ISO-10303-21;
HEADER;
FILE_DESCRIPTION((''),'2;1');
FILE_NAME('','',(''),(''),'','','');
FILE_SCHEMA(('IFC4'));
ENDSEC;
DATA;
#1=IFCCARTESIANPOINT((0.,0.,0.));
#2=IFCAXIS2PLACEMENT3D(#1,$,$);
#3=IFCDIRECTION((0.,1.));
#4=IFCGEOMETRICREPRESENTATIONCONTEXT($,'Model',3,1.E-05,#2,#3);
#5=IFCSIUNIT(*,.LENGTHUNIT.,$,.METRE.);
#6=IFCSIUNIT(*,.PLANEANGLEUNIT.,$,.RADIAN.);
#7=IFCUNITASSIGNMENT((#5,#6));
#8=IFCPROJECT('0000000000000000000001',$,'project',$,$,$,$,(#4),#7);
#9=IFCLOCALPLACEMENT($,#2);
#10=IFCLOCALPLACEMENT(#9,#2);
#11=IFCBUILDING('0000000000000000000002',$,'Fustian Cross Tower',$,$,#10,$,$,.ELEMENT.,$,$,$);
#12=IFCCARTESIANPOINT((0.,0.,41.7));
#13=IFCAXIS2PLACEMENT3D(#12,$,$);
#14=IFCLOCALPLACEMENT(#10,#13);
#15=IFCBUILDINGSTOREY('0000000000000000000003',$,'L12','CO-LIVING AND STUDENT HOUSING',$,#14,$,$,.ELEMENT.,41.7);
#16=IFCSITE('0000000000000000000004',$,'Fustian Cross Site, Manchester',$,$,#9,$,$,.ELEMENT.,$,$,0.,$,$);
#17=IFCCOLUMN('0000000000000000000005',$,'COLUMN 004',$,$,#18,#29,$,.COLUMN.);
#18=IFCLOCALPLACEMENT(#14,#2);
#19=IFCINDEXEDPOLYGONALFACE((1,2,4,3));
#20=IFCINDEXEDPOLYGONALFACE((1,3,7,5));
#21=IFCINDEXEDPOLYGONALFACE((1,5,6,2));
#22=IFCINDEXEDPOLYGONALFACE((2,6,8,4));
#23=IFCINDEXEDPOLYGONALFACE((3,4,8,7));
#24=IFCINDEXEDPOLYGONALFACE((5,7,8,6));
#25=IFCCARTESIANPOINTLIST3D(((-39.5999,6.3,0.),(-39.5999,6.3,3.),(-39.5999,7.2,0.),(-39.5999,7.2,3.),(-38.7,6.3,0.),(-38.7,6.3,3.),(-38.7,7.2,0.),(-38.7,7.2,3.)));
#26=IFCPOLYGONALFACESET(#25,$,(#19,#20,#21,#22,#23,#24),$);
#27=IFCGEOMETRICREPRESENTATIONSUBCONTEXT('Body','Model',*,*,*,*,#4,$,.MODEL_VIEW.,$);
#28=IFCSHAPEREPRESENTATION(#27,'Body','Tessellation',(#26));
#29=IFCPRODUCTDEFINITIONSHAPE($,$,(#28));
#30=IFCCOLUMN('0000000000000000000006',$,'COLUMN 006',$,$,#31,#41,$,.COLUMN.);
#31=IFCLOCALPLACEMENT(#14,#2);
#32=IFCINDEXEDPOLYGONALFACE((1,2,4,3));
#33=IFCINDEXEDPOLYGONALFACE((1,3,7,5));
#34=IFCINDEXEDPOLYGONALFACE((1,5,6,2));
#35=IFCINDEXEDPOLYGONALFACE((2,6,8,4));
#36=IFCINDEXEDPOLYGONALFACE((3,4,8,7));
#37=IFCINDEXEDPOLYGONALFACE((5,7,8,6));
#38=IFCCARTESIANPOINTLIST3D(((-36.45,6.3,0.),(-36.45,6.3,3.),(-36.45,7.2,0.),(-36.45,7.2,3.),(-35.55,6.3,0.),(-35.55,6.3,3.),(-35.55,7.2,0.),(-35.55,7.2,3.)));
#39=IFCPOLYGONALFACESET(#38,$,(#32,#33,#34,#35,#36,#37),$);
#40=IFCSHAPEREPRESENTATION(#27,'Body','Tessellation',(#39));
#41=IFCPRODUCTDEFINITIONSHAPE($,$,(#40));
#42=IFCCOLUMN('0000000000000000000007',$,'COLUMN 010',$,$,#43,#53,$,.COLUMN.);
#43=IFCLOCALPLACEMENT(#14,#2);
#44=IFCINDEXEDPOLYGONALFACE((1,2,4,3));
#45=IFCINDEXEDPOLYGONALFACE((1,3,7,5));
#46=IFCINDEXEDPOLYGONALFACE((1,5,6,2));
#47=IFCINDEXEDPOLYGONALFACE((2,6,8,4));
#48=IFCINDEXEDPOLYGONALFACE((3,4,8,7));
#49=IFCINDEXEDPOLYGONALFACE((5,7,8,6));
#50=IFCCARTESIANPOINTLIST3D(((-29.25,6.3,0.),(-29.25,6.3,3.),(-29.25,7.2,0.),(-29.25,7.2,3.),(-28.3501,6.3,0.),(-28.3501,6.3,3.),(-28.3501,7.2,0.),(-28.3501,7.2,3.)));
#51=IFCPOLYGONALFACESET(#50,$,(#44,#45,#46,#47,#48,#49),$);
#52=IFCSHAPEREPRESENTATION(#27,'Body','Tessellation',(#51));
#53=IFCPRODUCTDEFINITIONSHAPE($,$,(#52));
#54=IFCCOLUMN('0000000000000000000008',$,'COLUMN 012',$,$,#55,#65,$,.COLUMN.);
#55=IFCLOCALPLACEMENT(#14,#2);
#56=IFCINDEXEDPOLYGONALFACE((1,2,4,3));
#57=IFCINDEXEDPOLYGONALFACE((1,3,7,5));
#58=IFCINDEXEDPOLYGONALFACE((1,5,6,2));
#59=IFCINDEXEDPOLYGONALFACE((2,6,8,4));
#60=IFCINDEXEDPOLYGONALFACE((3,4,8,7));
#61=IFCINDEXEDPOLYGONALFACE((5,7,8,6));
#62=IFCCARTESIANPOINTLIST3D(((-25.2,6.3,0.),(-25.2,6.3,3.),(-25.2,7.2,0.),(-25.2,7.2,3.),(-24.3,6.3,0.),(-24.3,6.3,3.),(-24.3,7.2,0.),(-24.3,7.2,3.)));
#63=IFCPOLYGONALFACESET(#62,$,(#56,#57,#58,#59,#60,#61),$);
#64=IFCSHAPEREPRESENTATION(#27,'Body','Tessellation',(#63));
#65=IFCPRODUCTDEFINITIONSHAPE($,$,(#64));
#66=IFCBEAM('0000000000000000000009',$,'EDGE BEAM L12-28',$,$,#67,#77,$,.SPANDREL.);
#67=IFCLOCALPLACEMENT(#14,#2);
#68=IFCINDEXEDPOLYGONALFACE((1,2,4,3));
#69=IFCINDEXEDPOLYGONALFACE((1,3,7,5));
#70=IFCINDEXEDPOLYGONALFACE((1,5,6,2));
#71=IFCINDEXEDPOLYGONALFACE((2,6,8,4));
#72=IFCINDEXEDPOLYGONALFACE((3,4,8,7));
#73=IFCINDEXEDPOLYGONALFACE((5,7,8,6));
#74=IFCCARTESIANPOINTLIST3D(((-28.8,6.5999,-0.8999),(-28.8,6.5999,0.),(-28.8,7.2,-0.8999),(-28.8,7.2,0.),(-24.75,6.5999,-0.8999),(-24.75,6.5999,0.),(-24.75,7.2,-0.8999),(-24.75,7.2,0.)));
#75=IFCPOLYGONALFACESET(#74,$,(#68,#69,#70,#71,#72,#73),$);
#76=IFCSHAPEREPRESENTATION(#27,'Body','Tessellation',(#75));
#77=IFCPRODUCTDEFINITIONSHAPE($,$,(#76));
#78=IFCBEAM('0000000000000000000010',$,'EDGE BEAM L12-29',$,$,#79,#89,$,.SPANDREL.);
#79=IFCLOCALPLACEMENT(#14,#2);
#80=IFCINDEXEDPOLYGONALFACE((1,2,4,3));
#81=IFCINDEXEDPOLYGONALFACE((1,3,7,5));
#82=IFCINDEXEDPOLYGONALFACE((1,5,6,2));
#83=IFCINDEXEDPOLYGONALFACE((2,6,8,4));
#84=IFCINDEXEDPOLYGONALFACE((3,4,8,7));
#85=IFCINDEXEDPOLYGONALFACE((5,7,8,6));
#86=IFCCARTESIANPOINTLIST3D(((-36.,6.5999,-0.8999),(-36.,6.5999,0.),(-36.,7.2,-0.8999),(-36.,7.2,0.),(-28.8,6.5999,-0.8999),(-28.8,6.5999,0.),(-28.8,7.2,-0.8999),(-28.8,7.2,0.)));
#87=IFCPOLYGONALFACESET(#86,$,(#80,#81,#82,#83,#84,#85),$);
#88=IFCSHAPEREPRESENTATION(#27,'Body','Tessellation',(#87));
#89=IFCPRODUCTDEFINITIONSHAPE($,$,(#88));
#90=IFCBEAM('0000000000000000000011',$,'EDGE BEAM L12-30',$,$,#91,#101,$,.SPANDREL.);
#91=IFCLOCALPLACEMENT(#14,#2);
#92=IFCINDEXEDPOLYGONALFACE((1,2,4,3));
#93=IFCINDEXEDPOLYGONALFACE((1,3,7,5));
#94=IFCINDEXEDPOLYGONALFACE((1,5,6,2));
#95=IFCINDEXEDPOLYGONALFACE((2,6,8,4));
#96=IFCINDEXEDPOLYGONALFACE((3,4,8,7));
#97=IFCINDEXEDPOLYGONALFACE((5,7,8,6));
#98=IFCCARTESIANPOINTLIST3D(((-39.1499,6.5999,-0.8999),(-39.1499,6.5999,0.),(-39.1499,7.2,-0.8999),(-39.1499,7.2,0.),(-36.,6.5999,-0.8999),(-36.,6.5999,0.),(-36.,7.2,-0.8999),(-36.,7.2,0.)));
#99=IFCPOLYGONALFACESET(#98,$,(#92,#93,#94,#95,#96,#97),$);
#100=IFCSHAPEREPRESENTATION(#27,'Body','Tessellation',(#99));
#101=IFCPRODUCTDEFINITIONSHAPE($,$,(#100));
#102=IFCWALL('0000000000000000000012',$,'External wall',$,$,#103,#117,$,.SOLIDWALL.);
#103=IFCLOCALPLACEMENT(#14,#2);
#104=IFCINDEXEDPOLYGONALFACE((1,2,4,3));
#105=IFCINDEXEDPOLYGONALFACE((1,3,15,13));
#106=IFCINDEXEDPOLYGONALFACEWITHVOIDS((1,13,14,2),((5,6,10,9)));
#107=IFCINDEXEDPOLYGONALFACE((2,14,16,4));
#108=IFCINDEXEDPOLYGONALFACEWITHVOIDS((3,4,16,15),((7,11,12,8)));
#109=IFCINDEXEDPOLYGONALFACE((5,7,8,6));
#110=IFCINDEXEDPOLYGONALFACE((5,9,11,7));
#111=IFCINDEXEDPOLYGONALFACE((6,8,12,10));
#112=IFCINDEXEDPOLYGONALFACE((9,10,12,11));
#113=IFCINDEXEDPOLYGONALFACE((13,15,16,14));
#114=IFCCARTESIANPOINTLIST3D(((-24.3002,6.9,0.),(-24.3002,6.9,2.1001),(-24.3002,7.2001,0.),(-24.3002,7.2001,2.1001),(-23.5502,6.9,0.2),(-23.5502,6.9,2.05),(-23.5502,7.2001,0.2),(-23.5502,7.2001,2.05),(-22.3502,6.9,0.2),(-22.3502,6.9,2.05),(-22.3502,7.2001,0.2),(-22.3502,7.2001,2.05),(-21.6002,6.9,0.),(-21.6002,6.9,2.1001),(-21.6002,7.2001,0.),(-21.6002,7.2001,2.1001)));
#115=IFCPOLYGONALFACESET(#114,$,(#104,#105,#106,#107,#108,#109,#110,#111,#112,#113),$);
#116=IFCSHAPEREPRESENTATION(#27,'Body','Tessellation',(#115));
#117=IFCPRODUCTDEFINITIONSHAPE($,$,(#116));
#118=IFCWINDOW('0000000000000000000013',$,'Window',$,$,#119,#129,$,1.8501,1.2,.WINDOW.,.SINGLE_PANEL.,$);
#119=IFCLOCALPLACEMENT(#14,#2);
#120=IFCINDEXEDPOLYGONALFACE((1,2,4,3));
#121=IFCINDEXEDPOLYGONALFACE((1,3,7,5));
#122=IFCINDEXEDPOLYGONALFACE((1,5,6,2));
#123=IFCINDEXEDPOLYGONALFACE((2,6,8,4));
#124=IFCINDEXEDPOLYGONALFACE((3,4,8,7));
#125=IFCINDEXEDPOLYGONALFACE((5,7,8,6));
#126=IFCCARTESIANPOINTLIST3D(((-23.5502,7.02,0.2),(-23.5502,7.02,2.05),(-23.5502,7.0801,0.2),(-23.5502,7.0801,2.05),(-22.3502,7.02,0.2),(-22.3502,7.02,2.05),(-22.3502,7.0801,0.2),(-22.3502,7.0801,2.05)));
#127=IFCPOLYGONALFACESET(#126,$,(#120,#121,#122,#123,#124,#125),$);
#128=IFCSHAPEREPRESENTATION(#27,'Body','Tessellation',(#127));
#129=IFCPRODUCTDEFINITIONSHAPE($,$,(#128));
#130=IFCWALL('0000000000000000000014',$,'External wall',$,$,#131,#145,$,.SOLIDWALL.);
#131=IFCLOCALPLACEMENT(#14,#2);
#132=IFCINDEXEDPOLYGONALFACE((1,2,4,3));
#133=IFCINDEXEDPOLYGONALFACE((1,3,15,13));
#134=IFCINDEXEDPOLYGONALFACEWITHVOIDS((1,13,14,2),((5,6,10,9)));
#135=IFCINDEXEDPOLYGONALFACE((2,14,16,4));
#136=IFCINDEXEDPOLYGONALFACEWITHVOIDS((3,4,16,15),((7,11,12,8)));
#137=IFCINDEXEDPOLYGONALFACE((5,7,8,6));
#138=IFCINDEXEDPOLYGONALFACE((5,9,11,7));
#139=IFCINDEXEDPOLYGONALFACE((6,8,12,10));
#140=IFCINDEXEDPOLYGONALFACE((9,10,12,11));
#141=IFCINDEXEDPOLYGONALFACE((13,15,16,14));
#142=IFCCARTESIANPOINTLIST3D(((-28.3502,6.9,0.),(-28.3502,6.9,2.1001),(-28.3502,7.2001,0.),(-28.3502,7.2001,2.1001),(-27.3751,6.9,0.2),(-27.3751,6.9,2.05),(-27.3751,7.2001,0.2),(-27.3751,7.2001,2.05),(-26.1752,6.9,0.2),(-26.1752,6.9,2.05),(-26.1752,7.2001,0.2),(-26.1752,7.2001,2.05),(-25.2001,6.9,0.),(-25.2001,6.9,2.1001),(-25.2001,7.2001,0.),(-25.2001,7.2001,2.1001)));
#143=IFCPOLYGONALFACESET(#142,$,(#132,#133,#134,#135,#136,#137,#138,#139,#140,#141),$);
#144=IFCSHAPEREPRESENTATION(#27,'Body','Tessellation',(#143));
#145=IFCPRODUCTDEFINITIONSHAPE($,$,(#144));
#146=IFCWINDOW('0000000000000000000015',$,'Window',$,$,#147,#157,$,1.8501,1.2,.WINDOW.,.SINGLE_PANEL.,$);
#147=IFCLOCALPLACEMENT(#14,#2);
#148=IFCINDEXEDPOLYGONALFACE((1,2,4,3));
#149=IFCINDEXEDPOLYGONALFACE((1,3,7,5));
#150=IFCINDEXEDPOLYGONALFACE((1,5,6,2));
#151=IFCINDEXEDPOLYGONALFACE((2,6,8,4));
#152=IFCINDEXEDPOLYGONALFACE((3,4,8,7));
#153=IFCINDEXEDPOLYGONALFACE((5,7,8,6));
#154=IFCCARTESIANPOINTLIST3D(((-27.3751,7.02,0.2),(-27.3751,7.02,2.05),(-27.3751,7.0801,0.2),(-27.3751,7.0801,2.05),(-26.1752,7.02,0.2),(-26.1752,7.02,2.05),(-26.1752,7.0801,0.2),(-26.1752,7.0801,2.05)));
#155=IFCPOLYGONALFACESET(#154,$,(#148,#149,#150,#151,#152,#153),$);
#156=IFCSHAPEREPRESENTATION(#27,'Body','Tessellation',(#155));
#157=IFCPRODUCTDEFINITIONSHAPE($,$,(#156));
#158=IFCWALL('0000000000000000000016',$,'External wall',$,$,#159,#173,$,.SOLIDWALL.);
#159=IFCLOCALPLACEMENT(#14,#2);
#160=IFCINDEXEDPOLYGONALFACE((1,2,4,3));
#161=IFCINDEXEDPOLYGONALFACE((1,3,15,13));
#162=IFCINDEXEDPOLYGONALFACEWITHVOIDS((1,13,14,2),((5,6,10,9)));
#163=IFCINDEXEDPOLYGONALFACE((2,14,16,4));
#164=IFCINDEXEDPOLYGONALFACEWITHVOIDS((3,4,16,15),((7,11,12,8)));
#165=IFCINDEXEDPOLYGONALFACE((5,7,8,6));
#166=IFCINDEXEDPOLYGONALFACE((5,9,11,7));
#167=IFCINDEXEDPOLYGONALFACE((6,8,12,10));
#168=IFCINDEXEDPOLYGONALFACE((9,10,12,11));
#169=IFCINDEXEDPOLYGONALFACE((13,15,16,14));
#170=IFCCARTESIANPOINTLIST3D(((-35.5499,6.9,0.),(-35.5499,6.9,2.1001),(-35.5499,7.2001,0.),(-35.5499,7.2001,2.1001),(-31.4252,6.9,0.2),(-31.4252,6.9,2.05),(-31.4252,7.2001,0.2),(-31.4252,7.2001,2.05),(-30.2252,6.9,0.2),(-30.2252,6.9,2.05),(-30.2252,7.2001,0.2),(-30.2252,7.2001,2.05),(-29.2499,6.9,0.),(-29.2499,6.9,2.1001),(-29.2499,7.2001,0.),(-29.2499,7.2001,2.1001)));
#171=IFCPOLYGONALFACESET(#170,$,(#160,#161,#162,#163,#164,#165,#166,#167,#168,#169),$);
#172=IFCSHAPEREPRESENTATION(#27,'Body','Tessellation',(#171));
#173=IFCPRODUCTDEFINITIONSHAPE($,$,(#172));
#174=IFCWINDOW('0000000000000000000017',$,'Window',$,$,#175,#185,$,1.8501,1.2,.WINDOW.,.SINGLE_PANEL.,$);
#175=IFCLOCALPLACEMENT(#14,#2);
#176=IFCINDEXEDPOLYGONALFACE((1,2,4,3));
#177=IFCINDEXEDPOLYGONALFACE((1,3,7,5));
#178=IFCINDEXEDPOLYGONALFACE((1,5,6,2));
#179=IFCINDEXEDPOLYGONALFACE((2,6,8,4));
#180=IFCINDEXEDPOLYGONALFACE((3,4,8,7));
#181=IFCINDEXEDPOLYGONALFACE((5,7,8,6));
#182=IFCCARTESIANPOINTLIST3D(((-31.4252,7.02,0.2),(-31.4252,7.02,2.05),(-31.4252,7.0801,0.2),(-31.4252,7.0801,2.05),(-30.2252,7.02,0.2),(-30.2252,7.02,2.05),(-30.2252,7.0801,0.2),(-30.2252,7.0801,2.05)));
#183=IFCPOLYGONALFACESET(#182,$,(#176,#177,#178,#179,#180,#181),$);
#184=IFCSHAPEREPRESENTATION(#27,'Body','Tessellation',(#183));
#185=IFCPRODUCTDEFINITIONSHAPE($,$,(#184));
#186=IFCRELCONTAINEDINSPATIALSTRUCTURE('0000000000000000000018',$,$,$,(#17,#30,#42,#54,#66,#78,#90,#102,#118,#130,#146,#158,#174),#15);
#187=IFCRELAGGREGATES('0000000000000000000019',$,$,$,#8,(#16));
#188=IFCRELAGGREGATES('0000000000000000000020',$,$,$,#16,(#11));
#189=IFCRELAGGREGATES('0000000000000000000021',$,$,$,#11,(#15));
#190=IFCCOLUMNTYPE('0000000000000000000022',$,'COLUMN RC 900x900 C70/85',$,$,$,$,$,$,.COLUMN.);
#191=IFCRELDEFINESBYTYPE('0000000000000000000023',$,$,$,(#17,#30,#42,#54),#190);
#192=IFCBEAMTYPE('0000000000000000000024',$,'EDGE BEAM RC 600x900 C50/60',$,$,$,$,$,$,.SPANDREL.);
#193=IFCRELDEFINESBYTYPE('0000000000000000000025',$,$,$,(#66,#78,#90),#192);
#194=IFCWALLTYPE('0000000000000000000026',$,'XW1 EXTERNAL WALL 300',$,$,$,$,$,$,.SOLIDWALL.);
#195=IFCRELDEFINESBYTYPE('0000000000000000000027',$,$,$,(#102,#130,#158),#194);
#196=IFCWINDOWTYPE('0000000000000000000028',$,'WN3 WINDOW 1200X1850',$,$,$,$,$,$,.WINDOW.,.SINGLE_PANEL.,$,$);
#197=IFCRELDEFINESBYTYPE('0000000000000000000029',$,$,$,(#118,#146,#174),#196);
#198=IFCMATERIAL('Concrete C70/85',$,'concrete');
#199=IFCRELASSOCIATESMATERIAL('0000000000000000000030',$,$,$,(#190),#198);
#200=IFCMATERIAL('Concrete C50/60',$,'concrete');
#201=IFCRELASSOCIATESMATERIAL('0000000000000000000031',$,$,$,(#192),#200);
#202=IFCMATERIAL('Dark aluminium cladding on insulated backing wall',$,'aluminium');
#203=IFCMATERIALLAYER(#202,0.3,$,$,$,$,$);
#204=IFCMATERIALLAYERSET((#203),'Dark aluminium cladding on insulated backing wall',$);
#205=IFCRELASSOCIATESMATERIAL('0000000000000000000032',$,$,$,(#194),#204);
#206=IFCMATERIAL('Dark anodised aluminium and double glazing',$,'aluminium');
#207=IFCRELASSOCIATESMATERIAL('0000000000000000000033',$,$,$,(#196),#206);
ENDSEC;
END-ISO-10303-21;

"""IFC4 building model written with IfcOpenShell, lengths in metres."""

from ifc_helpers import new_model, si_unit, direction, frame, frame_2d, origin, origin_2d, place, context, subcontext, project, spatial, rectangle, extrude, material, layer, layer_set, material_profile, profile_set, type_object, element, fill, save


model = new_model("IFC4")

# Units and contexts
model_context = context("Model", 3, precision=1e-05, world=origin(), true_north=direction((0.0, 1.0)))
body_context = subcontext(model_context, "Body", "Model", "MODEL_VIEW")
ifc_project = project(units=[si_unit("LENGTHUNIT", "METRE"), si_unit("PLANEANGLEUNIT", "RADIAN")], contexts=[model_context])

# Site, building, storey
site_placement = place(None, origin())
site = spatial("IfcSite", under=ifc_project, at=site_placement, Name="Fustian Cross Site, Manchester", CompositionType="ELEMENT", RefElevation=0.0)
building_placement = place(site_placement, origin())
building = spatial("IfcBuilding", under=site, at=building_placement, Name="Fustian Cross Tower", CompositionType="ELEMENT")
storey_placement = place(building_placement, frame((0.0, 0.0, 41.7)))
storey = spatial("IfcBuildingStorey", under=building, at=storey_placement, Name="L12", Description="CO-LIVING AND STUDENT HOUSING", CompositionType="ELEMENT", Elevation=41.7)

# Columns
ifc_material_1 = material(Name="Concrete C70/85", Category="concrete")
ifc_material_profile_1 = material_profile(ifc_material_1, rectangle(XDim=0.8999, YDim=0.8999, at=origin_2d()), Name="RC 900x900")
ifc_profile_set_1 = profile_set([ifc_material_profile_1], Name="Concrete C70/85")
column_type = type_object("IfcColumnType", Name="COLUMN RC 900x900 C70/85", PredefinedType="COLUMN", material=ifc_profile_set_1)
for number, where, z_axis, x_axis, name in (
    (1, (-39.1499, 6.75, 0.0), (0.0, 0.0, 1.0), (1.0, 0.0, 0.0), "COLUMN 004"),
    (2, (-36.0, 6.75, 0.0), (0.0, 0.0, 1.0), (1.0, 0.0, 0.0), "COLUMN 006"),
    (3, (-28.8, 6.75, 0.0), (0.0, 0.0, 1.0), (1.0, 0.0, 0.0), "COLUMN 010"),
    (4, (-24.75, 6.75, 0.0), (0.0, 0.0, 1.0), (1.0, 0.0, 0.0), "COLUMN 012"),
):
    element("IfcColumn", number, at=place(storey_placement, frame(where, z_axis=z_axis, x_axis=x_axis)), inside=storey, type_object=column_type, Name=name, PredefinedType="COLUMN", context=body_context, shape_type="SweptSolid", body=[
        extrude(rectangle(XDim=0.8999, YDim=0.8999, at=origin_2d()), origin(), (0.0, 0.0, 1.0), 3.0),
    ])

# Beams
ifc_material_2 = material(Name="Concrete C50/60", Category="concrete")
ifc_material_profile_2 = material_profile(ifc_material_2, rectangle(XDim=0.6001, YDim=0.8999, at=origin_2d()), Name="RC 600x900")
ifc_profile_set_2 = profile_set([ifc_material_profile_2], Name="Concrete C50/60")
beam_type = type_object("IfcBeamType", Name="EDGE BEAM RC 600x900 C50/60", PredefinedType="SPANDREL", material=ifc_profile_set_2)
beam_1_placement = place(storey_placement, frame((-24.75, 6.8999, -0.45), z_axis=(-1.0, 0.0, 0.0), x_axis=(0.0, -1.0, 0.0)))
element("IfcBeam", 5, at=beam_1_placement, inside=storey, type_object=beam_type, Name="EDGE BEAM L12-28", PredefinedType="SPANDREL", context=body_context, shape_type="SweptSolid", body=[
    extrude(rectangle(XDim=0.6001, YDim=0.8999, at=origin_2d()), origin(), (0.0, 0.0, 1.0), 4.05),
])
beam_2_placement = place(storey_placement, frame((-28.8, 6.8999, -0.45), z_axis=(-1.0, 0.0, 0.0), x_axis=(0.0, -1.0, 0.0)))
element("IfcBeam", 6, at=beam_2_placement, inside=storey, type_object=beam_type, Name="EDGE BEAM L12-29", PredefinedType="SPANDREL", context=body_context, shape_type="SweptSolid", body=[
    extrude(rectangle(XDim=0.6001, YDim=0.8999, at=origin_2d()), origin(), (0.0, 0.0, 1.0), 7.2),
])
beam_3_placement = place(storey_placement, frame((-36.0, 6.8999, -0.45), z_axis=(-1.0, 0.0, 0.0), x_axis=(0.0, -1.0, 0.0)))
element("IfcBeam", 7, at=beam_3_placement, inside=storey, type_object=beam_type, Name="EDGE BEAM L12-30", PredefinedType="SPANDREL", context=body_context, shape_type="SweptSolid", body=[
    extrude(rectangle(XDim=0.6001, YDim=0.8999, at=origin_2d()), origin(), (0.0, 0.0, 1.0), 3.1499),
])

# Walls, openings, windows
ifc_material_3 = material(Name="Dark aluminium cladding on insulated backing wall", Category="aluminium")
ifc_layer = layer(ifc_material_3, 0.3)
ifc_layer_set = layer_set([ifc_layer], Name="Dark aluminium cladding on insulated backing wall")
wall_type = type_object("IfcWallType", Name="XW1 EXTERNAL WALL 300", PredefinedType="SOLIDWALL", material=ifc_layer_set)
wall_1_placement = place(storey_placement, frame((-21.6001, 7.05, 0.0), z_axis=(0.0, 0.0, 1.0), x_axis=(-1.0, 0.0, 0.0)))
wall_1 = element("IfcWall", 8, at=wall_1_placement, inside=storey, type_object=wall_type, Name="External wall", PredefinedType="SOLIDWALL", context=body_context, shape_type="SweptSolid", body=[
    extrude(rectangle(XDim=2.7, YDim=0.3, at=frame_2d((1.3501, 0.0))), origin(), (0.0, 0.0, 1.0), 2.1001),
])
opening_1_placement = place(wall_1_placement, frame((0.75, 0.0, 0.2)))
opening_1 = element("IfcOpeningElement", 9, at=opening_1_placement, cuts=wall_1, PredefinedType="OPENING", context=body_context, shape_type="SweptSolid", body=[
    extrude(rectangle(XDim=1.2, YDim=1.8501, at=frame_2d((0.6001, 0.925))), frame((0.0, 0.1599, 0.0), z_axis=(0.0, -1.0, 0.0), x_axis=(1.0, 0.0, 0.0)), (0.0, 0.0, 1.0), 0.3201),
])
ifc_material_4 = material(Name="Dark anodised aluminium and double glazing", Category="aluminium")
window_type = type_object("IfcWindowType", Name="WN3 WINDOW 1200X1850", PartitioningType="SINGLE_PANEL", PredefinedType="WINDOW", material=ifc_material_4)
window_1_placement = place(opening_1_placement, origin())
window_1 = element("IfcWindow", 10, at=window_1_placement, inside=storey, type_object=window_type, Name="Window", OverallHeight=1.8501, OverallWidth=1.2, PartitioningType="SINGLE_PANEL", PredefinedType="WINDOW", context=body_context, shape_type="SweptSolid", body=[
    extrude(rectangle(XDim=1.2, YDim=1.8501, at=frame_2d((0.6001, 0.925))), frame((0.0, 0.03, 0.0), z_axis=(0.0, -1.0, 0.0), x_axis=(1.0, 0.0, 0.0)), (0.0, 0.0, 1.0), 0.0601),
])
fill(opening_1, window_1)
wall_2_placement = place(storey_placement, frame((-25.2, 7.05, 0.0), z_axis=(0.0, 0.0, 1.0), x_axis=(-1.0, 0.0, 0.0)))
wall_2 = element("IfcWall", 11, at=wall_2_placement, inside=storey, type_object=wall_type, Name="External wall", PredefinedType="SOLIDWALL", context=body_context, shape_type="SweptSolid", body=[
    extrude(rectangle(XDim=3.1501, YDim=0.3, at=frame_2d((1.5752, 0.0))), origin(), (0.0, 0.0, 1.0), 2.1001),
])
opening_2_placement = place(wall_2_placement, frame((0.9751, 0.0, 0.2)))
opening_2 = element("IfcOpeningElement", 12, at=opening_2_placement, cuts=wall_2, PredefinedType="OPENING", context=body_context, shape_type="SweptSolid", body=[
    extrude(rectangle(XDim=1.2, YDim=1.8501, at=frame_2d((0.6001, 0.925))), frame((0.0, 0.1599, 0.0), z_axis=(0.0, -1.0, 0.0), x_axis=(1.0, 0.0, 0.0)), (0.0, 0.0, 1.0), 0.3201),
])
window_2_placement = place(opening_2_placement, origin())
window_2 = element("IfcWindow", 13, at=window_2_placement, inside=storey, type_object=window_type, Name="Window", OverallHeight=1.8501, OverallWidth=1.2, PartitioningType="SINGLE_PANEL", PredefinedType="WINDOW", context=body_context, shape_type="SweptSolid", body=[
    extrude(rectangle(XDim=1.2, YDim=1.8501, at=frame_2d((0.6001, 0.925))), frame((0.0, 0.03, 0.0), z_axis=(0.0, -1.0, 0.0), x_axis=(1.0, 0.0, 0.0)), (0.0, 0.0, 1.0), 0.0601),
])
fill(opening_2, window_2)
wall_3_placement = place(storey_placement, frame((-29.25, 7.05, 0.0), z_axis=(0.0, 0.0, 1.0), x_axis=(-1.0, 0.0, 0.0)))
wall_3 = element("IfcWall", 14, at=wall_3_placement, inside=storey, type_object=wall_type, Name="External wall", PredefinedType="SOLIDWALL", context=body_context, shape_type="SweptSolid", body=[
    extrude(rectangle(XDim=6.3, YDim=0.3, at=frame_2d((3.1499, 0.0))), origin(), (0.0, 0.0, 1.0), 2.1001),
])
opening_3_placement = place(wall_3_placement, frame((0.9751, 0.0, 0.2)))
opening_3 = element("IfcOpeningElement", 15, at=opening_3_placement, cuts=wall_3, PredefinedType="OPENING", context=body_context, shape_type="SweptSolid", body=[
    extrude(rectangle(XDim=1.2, YDim=1.8501, at=frame_2d((0.6001, 0.925))), frame((0.0, 0.1599, 0.0), z_axis=(0.0, -1.0, 0.0), x_axis=(1.0, 0.0, 0.0)), (0.0, 0.0, 1.0), 0.3201),
])
window_3_placement = place(opening_3_placement, origin())
window_3 = element("IfcWindow", 16, at=window_3_placement, inside=storey, type_object=window_type, Name="Window", OverallHeight=1.8501, OverallWidth=1.2, PartitioningType="SINGLE_PANEL", PredefinedType="WINDOW", context=body_context, shape_type="SweptSolid", body=[
    extrude(rectangle(XDim=1.2, YDim=1.8501, at=frame_2d((0.6001, 0.925))), frame((0.0, 0.03, 0.0), z_axis=(0.0, -1.0, 0.0), x_axis=(1.0, 0.0, 0.0)), (0.0, 0.0, 1.0), 0.0601),
])
fill(opening_3, window_3)

save(model, "model.ifc")
